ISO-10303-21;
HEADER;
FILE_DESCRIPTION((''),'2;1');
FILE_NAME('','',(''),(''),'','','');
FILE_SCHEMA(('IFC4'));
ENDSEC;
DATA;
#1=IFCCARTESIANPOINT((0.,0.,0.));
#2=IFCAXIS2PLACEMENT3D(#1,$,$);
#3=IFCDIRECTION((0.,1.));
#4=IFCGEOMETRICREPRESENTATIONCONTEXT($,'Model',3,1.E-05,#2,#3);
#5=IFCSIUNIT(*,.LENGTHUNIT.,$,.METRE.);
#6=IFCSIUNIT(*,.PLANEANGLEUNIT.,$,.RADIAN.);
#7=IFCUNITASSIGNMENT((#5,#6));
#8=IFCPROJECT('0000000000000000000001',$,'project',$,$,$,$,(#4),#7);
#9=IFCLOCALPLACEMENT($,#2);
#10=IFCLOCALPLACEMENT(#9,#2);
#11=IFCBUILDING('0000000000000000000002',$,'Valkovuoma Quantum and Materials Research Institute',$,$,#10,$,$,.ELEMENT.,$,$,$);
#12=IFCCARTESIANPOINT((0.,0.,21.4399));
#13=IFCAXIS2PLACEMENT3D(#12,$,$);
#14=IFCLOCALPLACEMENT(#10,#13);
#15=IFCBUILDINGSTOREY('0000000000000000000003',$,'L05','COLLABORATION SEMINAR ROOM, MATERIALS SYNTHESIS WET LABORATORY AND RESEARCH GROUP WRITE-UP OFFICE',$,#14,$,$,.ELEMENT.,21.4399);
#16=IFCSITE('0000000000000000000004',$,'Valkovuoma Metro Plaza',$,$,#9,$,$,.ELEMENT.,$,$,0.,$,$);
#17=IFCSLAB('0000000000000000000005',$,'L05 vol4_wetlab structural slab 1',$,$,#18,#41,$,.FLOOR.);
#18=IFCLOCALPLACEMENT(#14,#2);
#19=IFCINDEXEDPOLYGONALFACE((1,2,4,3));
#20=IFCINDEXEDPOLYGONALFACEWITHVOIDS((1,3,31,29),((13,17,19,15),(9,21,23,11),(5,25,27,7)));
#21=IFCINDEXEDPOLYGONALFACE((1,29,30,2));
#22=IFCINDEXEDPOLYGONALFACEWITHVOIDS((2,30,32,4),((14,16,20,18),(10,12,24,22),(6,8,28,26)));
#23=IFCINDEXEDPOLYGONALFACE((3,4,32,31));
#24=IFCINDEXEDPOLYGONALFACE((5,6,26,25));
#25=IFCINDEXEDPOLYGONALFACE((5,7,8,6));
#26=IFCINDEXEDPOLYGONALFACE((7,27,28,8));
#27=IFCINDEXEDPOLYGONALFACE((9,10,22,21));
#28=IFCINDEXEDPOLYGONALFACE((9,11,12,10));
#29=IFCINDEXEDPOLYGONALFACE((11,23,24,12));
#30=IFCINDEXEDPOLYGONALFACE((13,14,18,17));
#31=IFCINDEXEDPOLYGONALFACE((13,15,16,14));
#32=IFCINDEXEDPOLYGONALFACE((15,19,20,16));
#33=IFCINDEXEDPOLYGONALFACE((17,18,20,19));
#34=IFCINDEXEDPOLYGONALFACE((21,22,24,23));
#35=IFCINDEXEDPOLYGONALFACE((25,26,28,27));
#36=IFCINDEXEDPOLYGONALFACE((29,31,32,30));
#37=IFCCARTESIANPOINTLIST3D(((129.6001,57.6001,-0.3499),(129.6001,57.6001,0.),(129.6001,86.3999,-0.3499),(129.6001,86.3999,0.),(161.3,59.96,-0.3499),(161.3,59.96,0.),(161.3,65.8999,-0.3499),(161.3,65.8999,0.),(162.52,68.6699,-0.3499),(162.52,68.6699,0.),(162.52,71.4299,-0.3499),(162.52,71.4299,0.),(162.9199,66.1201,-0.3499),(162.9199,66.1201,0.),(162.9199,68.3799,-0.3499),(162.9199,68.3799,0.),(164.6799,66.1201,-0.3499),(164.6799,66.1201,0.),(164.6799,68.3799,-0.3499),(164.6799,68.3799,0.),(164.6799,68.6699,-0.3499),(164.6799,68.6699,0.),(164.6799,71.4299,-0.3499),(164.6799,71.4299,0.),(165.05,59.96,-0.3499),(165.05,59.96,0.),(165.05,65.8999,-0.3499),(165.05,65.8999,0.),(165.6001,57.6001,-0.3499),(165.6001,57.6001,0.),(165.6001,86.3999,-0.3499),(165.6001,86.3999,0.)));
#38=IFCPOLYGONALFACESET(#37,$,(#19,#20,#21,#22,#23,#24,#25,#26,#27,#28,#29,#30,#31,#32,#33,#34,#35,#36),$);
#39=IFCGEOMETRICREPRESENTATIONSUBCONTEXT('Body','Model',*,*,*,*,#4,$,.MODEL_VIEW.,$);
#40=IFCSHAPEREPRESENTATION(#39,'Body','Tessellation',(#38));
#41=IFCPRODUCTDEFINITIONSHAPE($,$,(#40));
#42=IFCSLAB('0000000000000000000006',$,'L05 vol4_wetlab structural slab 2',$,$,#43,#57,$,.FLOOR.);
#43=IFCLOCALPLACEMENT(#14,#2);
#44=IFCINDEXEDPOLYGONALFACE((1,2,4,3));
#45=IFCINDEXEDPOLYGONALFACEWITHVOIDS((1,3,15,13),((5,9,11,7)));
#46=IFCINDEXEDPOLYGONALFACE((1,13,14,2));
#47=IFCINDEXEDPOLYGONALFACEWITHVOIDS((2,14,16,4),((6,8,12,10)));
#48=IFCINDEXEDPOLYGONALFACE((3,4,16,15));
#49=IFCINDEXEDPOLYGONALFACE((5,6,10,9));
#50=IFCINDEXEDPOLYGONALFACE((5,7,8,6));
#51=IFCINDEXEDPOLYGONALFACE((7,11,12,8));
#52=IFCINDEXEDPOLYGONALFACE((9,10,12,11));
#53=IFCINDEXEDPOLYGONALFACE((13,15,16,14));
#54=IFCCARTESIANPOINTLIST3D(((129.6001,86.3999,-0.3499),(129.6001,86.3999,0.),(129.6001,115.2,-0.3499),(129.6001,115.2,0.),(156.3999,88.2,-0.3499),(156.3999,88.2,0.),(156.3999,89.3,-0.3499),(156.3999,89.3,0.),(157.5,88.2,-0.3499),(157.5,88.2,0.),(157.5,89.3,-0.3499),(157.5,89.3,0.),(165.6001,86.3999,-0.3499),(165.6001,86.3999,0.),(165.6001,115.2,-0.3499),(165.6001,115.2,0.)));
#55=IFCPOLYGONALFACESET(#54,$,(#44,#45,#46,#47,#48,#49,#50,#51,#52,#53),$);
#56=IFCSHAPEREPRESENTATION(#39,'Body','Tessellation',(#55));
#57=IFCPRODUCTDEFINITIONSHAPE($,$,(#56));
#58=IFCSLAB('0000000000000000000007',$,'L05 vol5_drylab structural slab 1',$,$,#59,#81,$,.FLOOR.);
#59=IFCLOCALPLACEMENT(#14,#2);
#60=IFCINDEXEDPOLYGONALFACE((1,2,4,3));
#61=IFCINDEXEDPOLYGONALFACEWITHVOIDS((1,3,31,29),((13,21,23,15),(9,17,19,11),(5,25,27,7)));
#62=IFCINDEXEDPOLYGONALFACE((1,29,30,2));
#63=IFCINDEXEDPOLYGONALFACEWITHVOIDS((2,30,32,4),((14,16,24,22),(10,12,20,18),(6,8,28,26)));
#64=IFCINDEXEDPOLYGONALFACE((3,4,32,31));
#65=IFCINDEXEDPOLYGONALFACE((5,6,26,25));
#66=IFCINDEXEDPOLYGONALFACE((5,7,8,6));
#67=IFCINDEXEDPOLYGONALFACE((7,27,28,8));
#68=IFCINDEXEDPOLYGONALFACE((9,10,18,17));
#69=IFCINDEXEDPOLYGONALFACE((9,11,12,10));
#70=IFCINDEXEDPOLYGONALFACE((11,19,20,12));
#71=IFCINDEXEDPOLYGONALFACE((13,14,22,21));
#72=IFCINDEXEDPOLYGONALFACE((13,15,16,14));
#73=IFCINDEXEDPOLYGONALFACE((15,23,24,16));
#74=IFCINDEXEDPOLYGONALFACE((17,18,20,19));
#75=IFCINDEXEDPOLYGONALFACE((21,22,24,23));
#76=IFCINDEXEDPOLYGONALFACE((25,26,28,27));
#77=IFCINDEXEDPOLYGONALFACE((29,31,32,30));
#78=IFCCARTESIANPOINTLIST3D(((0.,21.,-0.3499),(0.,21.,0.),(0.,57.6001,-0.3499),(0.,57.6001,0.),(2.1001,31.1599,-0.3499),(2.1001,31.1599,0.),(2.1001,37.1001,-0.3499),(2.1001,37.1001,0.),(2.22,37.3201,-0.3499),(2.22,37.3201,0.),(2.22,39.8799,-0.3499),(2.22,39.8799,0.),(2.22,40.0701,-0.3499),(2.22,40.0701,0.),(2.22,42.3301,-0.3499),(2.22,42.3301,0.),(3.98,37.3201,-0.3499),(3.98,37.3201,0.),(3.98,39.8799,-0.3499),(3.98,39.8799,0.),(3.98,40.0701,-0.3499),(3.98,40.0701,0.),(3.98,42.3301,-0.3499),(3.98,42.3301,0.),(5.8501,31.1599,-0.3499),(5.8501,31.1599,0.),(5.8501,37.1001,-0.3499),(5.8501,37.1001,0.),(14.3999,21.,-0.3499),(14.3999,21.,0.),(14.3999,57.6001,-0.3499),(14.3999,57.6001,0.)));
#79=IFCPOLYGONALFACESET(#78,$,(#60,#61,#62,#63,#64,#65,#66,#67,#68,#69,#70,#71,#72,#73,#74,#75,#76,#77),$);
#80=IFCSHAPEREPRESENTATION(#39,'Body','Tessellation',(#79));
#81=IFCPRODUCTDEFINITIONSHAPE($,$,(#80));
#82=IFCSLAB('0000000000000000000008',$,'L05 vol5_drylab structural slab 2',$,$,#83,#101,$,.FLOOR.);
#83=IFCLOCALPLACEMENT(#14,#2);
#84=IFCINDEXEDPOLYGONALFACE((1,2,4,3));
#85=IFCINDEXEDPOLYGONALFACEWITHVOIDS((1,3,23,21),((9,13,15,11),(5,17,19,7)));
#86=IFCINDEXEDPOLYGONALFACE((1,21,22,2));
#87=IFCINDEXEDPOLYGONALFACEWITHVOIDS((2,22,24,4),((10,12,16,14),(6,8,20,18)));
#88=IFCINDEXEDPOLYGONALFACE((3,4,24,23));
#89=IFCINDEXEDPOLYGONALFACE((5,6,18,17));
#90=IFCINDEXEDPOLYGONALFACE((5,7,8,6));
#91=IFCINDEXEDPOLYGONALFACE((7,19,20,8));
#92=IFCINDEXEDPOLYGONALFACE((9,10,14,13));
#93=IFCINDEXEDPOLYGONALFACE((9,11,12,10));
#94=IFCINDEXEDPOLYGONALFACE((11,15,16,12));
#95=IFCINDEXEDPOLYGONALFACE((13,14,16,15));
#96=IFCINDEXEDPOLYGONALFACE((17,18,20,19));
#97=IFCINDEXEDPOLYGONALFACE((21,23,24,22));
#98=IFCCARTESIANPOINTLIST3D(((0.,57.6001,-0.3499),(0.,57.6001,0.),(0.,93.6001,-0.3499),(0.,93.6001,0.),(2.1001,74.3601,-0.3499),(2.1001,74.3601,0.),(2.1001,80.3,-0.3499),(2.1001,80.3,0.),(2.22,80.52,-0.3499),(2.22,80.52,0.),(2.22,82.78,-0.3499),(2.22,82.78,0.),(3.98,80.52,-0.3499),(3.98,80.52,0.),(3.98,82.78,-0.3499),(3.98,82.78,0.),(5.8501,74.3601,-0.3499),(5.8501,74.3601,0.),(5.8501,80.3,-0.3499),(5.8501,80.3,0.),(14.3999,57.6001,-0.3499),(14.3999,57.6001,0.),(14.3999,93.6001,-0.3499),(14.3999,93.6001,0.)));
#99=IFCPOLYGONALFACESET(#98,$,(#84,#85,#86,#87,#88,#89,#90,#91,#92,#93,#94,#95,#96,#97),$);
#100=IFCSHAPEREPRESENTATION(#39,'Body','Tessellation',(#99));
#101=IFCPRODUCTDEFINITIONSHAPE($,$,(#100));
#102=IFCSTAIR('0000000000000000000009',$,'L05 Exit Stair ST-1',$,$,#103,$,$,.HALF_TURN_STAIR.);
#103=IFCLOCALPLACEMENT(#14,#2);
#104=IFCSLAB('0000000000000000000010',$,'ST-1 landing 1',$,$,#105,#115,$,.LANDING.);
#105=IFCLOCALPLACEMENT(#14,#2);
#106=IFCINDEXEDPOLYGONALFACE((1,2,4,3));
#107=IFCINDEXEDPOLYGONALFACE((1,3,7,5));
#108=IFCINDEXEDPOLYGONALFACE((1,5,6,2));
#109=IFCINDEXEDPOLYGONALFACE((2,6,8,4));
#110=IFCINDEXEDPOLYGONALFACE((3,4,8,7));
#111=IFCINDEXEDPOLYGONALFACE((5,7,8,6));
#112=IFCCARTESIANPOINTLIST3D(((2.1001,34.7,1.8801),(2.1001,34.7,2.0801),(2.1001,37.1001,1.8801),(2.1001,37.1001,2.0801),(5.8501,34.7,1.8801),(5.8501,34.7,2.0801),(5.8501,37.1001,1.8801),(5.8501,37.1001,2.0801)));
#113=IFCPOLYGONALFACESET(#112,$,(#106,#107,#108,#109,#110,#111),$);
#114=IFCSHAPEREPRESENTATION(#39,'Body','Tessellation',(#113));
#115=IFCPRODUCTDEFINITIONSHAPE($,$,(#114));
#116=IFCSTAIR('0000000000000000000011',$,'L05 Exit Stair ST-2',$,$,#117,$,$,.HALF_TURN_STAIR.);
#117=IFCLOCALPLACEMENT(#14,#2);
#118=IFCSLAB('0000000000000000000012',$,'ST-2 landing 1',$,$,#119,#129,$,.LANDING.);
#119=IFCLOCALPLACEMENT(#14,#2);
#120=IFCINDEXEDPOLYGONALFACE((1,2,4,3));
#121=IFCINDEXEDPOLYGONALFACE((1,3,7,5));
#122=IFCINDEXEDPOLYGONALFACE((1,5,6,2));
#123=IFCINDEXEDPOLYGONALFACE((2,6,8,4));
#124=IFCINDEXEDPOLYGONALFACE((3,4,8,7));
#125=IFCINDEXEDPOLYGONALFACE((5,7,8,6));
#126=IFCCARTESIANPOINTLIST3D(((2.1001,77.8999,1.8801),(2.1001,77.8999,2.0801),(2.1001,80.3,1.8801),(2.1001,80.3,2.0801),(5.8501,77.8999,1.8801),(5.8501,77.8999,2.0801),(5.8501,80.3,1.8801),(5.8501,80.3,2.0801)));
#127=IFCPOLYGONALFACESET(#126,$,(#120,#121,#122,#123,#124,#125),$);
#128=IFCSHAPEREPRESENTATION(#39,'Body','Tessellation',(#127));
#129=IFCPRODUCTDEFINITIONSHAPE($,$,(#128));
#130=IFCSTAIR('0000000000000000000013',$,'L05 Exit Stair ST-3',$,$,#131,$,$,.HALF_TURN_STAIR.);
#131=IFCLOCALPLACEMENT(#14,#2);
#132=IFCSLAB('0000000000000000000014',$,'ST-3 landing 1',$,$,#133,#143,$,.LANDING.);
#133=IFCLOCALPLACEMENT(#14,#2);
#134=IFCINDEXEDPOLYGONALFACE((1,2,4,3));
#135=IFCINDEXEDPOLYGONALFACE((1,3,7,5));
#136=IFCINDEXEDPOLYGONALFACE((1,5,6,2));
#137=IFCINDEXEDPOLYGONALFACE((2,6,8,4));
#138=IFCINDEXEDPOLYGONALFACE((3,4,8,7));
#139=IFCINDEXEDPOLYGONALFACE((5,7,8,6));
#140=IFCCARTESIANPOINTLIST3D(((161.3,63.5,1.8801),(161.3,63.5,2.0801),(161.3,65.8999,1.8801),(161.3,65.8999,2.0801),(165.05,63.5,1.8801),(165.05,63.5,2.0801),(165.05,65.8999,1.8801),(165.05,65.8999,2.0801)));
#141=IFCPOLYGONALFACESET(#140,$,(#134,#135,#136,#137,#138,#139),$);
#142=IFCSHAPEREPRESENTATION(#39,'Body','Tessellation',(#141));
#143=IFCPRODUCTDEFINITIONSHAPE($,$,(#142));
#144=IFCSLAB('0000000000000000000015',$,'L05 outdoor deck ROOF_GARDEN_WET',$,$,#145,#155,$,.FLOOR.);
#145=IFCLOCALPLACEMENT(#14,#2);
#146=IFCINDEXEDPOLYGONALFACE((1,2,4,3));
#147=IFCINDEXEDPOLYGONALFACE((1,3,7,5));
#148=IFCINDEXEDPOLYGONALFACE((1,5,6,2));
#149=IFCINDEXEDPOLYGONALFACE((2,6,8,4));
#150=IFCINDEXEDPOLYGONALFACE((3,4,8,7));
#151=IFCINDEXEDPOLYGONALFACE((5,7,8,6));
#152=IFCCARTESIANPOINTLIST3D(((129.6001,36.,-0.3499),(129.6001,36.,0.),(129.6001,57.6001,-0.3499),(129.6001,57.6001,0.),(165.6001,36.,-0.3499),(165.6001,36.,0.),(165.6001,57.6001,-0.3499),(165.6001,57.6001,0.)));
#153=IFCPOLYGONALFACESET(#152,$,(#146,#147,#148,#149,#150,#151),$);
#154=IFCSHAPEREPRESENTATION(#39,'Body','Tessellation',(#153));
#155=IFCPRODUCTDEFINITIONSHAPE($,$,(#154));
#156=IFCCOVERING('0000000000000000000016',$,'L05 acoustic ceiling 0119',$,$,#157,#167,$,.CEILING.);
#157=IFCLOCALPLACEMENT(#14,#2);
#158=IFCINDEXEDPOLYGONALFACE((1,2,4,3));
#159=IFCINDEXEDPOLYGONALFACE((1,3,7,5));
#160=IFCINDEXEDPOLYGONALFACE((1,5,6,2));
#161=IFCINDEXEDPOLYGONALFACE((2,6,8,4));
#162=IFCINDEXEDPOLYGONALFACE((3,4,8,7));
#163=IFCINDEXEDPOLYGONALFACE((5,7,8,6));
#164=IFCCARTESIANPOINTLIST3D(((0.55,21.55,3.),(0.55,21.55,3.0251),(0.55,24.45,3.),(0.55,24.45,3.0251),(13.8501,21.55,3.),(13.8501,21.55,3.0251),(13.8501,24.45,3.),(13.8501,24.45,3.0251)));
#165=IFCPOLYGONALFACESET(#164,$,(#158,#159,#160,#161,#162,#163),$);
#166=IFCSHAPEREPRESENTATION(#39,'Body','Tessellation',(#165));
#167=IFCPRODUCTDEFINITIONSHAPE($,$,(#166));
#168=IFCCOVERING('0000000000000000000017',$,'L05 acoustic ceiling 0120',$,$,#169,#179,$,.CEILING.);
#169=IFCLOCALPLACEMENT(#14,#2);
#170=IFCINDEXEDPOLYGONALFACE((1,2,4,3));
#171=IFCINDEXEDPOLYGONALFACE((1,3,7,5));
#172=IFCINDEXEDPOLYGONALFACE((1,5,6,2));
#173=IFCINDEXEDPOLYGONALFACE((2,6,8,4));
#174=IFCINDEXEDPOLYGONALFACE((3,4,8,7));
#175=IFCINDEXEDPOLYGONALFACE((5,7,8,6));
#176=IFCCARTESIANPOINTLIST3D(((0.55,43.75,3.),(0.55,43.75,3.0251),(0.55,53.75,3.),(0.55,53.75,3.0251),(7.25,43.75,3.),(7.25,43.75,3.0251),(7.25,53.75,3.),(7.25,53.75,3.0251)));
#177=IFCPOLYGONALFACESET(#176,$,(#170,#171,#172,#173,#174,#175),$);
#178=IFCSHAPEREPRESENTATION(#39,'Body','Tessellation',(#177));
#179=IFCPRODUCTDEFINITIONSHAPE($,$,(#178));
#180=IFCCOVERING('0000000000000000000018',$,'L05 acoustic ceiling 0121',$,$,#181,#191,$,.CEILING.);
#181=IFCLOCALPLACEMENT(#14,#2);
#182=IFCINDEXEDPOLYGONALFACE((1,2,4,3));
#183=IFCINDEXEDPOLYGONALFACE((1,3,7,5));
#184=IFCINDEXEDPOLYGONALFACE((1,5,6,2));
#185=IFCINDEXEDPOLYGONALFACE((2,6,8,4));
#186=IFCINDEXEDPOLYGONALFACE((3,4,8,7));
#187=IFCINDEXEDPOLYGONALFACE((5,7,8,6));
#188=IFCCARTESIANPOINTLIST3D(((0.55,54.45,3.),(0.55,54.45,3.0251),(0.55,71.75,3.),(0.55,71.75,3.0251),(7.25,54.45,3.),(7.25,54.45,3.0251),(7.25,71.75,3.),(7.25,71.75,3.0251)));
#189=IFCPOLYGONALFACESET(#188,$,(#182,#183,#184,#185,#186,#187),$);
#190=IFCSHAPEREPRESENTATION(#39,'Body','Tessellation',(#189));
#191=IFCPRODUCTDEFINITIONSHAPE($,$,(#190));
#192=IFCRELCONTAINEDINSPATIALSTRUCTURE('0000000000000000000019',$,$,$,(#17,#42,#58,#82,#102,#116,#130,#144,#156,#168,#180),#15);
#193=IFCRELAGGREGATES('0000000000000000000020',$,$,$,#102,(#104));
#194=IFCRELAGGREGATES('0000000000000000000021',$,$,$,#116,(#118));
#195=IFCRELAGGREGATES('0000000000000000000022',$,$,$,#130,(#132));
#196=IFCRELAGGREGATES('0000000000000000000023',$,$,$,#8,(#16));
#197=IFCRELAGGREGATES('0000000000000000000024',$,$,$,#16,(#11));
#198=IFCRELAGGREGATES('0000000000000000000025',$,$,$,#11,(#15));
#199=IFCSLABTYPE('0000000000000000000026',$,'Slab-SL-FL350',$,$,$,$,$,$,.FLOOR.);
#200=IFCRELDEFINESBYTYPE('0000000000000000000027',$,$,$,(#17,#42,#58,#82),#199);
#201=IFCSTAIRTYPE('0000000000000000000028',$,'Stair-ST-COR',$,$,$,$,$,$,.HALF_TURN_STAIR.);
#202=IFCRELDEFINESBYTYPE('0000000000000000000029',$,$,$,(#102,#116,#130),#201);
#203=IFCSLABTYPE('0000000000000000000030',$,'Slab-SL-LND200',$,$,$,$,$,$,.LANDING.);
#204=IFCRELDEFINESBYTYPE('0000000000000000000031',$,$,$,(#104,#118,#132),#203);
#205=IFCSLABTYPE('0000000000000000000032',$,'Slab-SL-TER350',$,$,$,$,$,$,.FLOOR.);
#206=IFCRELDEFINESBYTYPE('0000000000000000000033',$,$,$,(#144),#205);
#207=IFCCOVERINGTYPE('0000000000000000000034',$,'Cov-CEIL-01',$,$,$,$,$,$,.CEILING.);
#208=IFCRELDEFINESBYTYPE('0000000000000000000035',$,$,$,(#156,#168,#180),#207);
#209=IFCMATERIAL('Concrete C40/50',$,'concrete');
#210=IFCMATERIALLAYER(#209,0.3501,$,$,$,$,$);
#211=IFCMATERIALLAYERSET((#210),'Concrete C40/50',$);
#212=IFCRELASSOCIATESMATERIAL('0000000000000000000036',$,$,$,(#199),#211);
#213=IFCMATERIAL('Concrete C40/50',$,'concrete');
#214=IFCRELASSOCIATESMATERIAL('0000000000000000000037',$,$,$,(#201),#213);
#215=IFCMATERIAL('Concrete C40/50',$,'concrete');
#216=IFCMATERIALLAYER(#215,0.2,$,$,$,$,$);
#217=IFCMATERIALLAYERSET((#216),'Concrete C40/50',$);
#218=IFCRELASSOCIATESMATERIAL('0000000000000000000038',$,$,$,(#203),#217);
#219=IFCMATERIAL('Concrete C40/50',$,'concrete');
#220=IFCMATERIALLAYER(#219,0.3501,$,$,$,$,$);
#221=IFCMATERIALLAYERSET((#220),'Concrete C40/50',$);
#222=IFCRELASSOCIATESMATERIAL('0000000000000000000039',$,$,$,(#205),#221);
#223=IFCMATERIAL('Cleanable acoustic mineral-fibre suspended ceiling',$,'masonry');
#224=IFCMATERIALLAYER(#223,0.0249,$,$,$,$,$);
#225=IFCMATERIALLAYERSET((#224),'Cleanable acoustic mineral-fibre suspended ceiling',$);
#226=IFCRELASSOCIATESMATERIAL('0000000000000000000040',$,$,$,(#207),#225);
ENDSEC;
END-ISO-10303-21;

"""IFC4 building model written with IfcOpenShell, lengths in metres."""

from ifc_helpers import new_model, si_unit, direction, frame, origin, place, context, subcontext, project, spatial, polyline, outline, extrude, material, layer, layer_set, type_object, element, aggregate, save


model = new_model("IFC4")

# Units and contexts
model_context = context("Model", 3, precision=1e-05, world=origin(), true_north=direction((0.0, 1.0)))
body_context = subcontext(model_context, "Body", "Model", "MODEL_VIEW")
ifc_project = project(units=[si_unit("LENGTHUNIT", "METRE"), si_unit("PLANEANGLEUNIT", "RADIAN")], contexts=[model_context])

# Site, building, storey
site_placement = place(None, origin())
site = spatial("IfcSite", under=ifc_project, at=site_placement, Name="Valkovuoma Metro Plaza", CompositionType="ELEMENT", RefElevation=0.0)
building_placement = place(site_placement, origin())
building = spatial("IfcBuilding", under=site, at=building_placement, Name="Valkovuoma Quantum and Materials Research Institute", CompositionType="ELEMENT")
storey_placement = place(building_placement, frame((0.0, 0.0, 21.4399)))
storey = spatial("IfcBuildingStorey", under=building, at=storey_placement, Name="L05", Description="COLLABORATION SEMINAR ROOM, MATERIALS SYNTHESIS WET LABORATORY AND RESEARCH GROUP WRITE-UP OFFICE", CompositionType="ELEMENT", Elevation=21.4399)

# Slabs
ifc_material_1 = material(Name="Concrete C40/50", Category="concrete")
ifc_layer_1 = layer(ifc_material_1, 0.3501)
ifc_layer_set_1 = layer_set([ifc_layer_1], Name="Concrete C40/50")
slab_type_1 = type_object("IfcSlabType", Name="Slab-SL-FL350", PredefinedType="FLOOR", material=ifc_layer_set_1)
slab_1_placement = place(storey_placement, frame((0.0, 0.0, -0.3499)))
element("IfcSlab", 1, at=slab_1_placement, inside=storey, type_object=slab_type_1, Name="L05 vol4_wetlab structural slab 1", PredefinedType="FLOOR", context=body_context, shape_type="SweptSolid", body=[
    extrude(outline(polyline([(129.6001, 57.6001), (165.6001, 57.6001), (165.6001, 86.3999), (129.6001, 86.3999), (129.6001, 57.6001)]), holes=[polyline([(161.3, 59.96), (165.05, 59.96), (165.05, 65.8999), (161.3, 65.8999), (161.3, 59.96)]), polyline([(162.9199, 66.1201), (164.6799, 66.1201), (164.6799, 68.3799), (162.9199, 68.3799), (162.9199, 66.1201)]), polyline([(162.52, 68.6699), (164.6799, 68.6699), (164.6799, 71.4299), (162.52, 71.4299), (162.52, 68.6699)])]), origin(), (0.0, 0.0, 1.0), 0.3499),
])
slab_2_placement = place(storey_placement, frame((0.0, 0.0, -0.3499)))
element("IfcSlab", 2, at=slab_2_placement, inside=storey, type_object=slab_type_1, Name="L05 vol4_wetlab structural slab 2", PredefinedType="FLOOR", context=body_context, shape_type="SweptSolid", body=[
    extrude(outline(polyline([(129.6001, 86.3999), (165.6001, 86.3999), (165.6001, 115.2), (129.6001, 115.2), (129.6001, 86.3999)]), holes=[polyline([(156.3999, 88.2), (157.5, 88.2), (157.5, 89.3), (156.3999, 89.3), (156.3999, 88.2)])]), origin(), (0.0, 0.0, 1.0), 0.3499),
])
slab_3_placement = place(storey_placement, frame((0.0, 0.0, -0.3499)))
element("IfcSlab", 3, at=slab_3_placement, inside=storey, type_object=slab_type_1, Name="L05 vol5_drylab structural slab 1", PredefinedType="FLOOR", context=body_context, shape_type="SweptSolid", body=[
    extrude(outline(polyline([(0.0, 21.0), (14.3999, 21.0), (14.3999, 57.6001), (0.0, 57.6001), (0.0, 21.0)]), holes=[polyline([(2.1001, 31.1599), (5.8501, 31.1599), (5.8501, 37.1001), (2.1001, 37.1001), (2.1001, 31.1599)]), polyline([(2.22, 37.3201), (3.98, 37.3201), (3.98, 39.8799), (2.22, 39.8799), (2.22, 37.3201)]), polyline([(2.22, 40.0701), (3.98, 40.0701), (3.98, 42.3301), (2.22, 42.3301), (2.22, 40.0701)])]), origin(), (0.0, 0.0, 1.0), 0.3499),
])
slab_4_placement = place(storey_placement, frame((0.0, 0.0, -0.3499)))
element("IfcSlab", 4, at=slab_4_placement, inside=storey, type_object=slab_type_1, Name="L05 vol5_drylab structural slab 2", PredefinedType="FLOOR", context=body_context, shape_type="SweptSolid", body=[
    extrude(outline(polyline([(0.0, 57.6001), (14.3999, 57.6001), (14.3999, 93.6001), (0.0, 93.6001), (0.0, 57.6001)]), holes=[polyline([(2.1001, 74.3601), (5.8501, 74.3601), (5.8501, 80.3), (2.1001, 80.3), (2.1001, 74.3601)]), polyline([(2.22, 80.52), (3.98, 80.52), (3.98, 82.78), (2.22, 82.78), (2.22, 80.52)])]), origin(), (0.0, 0.0, 1.0), 0.3499),
])

# Stairs, slabs
ifc_material_2 = material(Name="Concrete C40/50", Category="concrete")
stair_type = type_object("IfcStairType", Name="Stair-ST-COR", PredefinedType="HALF_TURN_STAIR", material=ifc_material_2)
stair_1_placement = place(storey_placement, origin())
stair_1 = element("IfcStair", 5, at=stair_1_placement, inside=storey, type_object=stair_type, Name="L05 Exit Stair ST-1", PredefinedType="HALF_TURN_STAIR")
ifc_material_3 = material(Name="Concrete C40/50", Category="concrete")
ifc_layer_2 = layer(ifc_material_3, 0.2)
ifc_layer_set_2 = layer_set([ifc_layer_2], Name="Concrete C40/50")
slab_type_2 = type_object("IfcSlabType", Name="Slab-SL-LND200", PredefinedType="LANDING", material=ifc_layer_set_2)
slab_5_placement = place(storey_placement, frame((0.0, 0.0, 1.8801)))
slab_5 = element("IfcSlab", 6, at=slab_5_placement, type_object=slab_type_2, Name="ST-1 landing 1", PredefinedType="LANDING", context=body_context, shape_type="SweptSolid", body=[
    extrude(outline(polyline([(5.8501, 34.7), (5.8501, 37.1001), (2.1001, 37.1001), (2.1001, 34.7), (5.8501, 34.7)])), origin(), (0.0, 0.0, 1.0), 0.2),
])
aggregate(stair_1, [slab_5])
stair_2_placement = place(storey_placement, origin())
stair_2 = element("IfcStair", 7, at=stair_2_placement, inside=storey, type_object=stair_type, Name="L05 Exit Stair ST-2", PredefinedType="HALF_TURN_STAIR")
slab_6_placement = place(storey_placement, frame((0.0, 0.0, 1.8801)))
slab_6 = element("IfcSlab", 8, at=slab_6_placement, type_object=slab_type_2, Name="ST-2 landing 1", PredefinedType="LANDING", context=body_context, shape_type="SweptSolid", body=[
    extrude(outline(polyline([(5.8501, 77.8999), (5.8501, 80.3), (2.1001, 80.3), (2.1001, 77.8999), (5.8501, 77.8999)])), origin(), (0.0, 0.0, 1.0), 0.2),
])
aggregate(stair_2, [slab_6])
stair_3_placement = place(storey_placement, origin())
stair_3 = element("IfcStair", 9, at=stair_3_placement, inside=storey, type_object=stair_type, Name="L05 Exit Stair ST-3", PredefinedType="HALF_TURN_STAIR")
slab_7_placement = place(storey_placement, frame((0.0, 0.0, 1.8801)))
slab_7 = element("IfcSlab", 10, at=slab_7_placement, type_object=slab_type_2, Name="ST-3 landing 1", PredefinedType="LANDING", context=body_context, shape_type="SweptSolid", body=[
    extrude(outline(polyline([(165.05, 63.5), (165.05, 65.8999), (161.3, 65.8999), (161.3, 63.5), (165.05, 63.5)])), origin(), (0.0, 0.0, 1.0), 0.2),
])
aggregate(stair_3, [slab_7])

# Slab
ifc_material_4 = material(Name="Concrete C40/50", Category="concrete")
ifc_layer_3 = layer(ifc_material_4, 0.3501)
ifc_layer_set_3 = layer_set([ifc_layer_3], Name="Concrete C40/50")
slab_type_3 = type_object("IfcSlabType", Name="Slab-SL-TER350", PredefinedType="FLOOR", material=ifc_layer_set_3)
slab_8_placement = place(storey_placement, frame((0.0, 0.0, -0.3499)))
element("IfcSlab", 11, at=slab_8_placement, inside=storey, type_object=slab_type_3, Name="L05 outdoor deck ROOF_GARDEN_WET", PredefinedType="FLOOR", context=body_context, shape_type="SweptSolid", body=[
    extrude(outline(polyline([(129.6001, 36.0), (165.6001, 36.0), (165.6001, 57.6001), (129.6001, 57.6001), (129.6001, 36.0)])), origin(), (0.0, 0.0, 1.0), 0.3499),
])

# Coverings
ifc_material_5 = material(Name="Cleanable acoustic mineral-fibre suspended ceiling", Category="masonry")
ifc_layer_4 = layer(ifc_material_5, 0.0249)
ifc_layer_set_4 = layer_set([ifc_layer_4], Name="Cleanable acoustic mineral-fibre suspended ceiling")
covering_type_1 = type_object("IfcCoveringType", Name="Cov-CEIL-01", PredefinedType="CEILING", material=ifc_layer_set_4)
covering_1_placement = place(storey_placement, frame((0.0, 0.0, 3.0)))
element("IfcCovering", 12, at=covering_1_placement, inside=storey, type_object=covering_type_1, Name="L05 acoustic ceiling 0119", PredefinedType="CEILING", context=body_context, shape_type="SweptSolid", body=[
    extrude(outline(polyline([(0.55, 21.55), (13.8501, 21.55), (13.8501, 24.45), (0.55, 24.45), (0.55, 21.55)])), origin(), (0.0, 0.0, 1.0), 0.0251),
])
covering_2_placement = place(storey_placement, frame((0.0, 0.0, 3.0)))
element("IfcCovering", 13, at=covering_2_placement, inside=storey, type_object=covering_type_1, Name="L05 acoustic ceiling 0120", PredefinedType="CEILING", context=body_context, shape_type="SweptSolid", body=[
    extrude(outline(polyline([(0.55, 43.75), (7.25, 43.75), (7.25, 53.75), (0.55, 53.75), (0.55, 43.75)])), origin(), (0.0, 0.0, 1.0), 0.0251),
])
covering_3_placement = place(storey_placement, frame((0.0, 0.0, 3.0)))
element("IfcCovering", 14, at=covering_3_placement, inside=storey, type_object=covering_type_1, Name="L05 acoustic ceiling 0121", PredefinedType="CEILING", context=body_context, shape_type="SweptSolid", body=[
    extrude(outline(polyline([(0.55, 54.45), (7.25, 54.45), (7.25, 71.75), (0.55, 71.75), (0.55, 54.45)])), origin(), (0.0, 0.0, 1.0), 0.0251),
])

save(model, "model.ifc")
